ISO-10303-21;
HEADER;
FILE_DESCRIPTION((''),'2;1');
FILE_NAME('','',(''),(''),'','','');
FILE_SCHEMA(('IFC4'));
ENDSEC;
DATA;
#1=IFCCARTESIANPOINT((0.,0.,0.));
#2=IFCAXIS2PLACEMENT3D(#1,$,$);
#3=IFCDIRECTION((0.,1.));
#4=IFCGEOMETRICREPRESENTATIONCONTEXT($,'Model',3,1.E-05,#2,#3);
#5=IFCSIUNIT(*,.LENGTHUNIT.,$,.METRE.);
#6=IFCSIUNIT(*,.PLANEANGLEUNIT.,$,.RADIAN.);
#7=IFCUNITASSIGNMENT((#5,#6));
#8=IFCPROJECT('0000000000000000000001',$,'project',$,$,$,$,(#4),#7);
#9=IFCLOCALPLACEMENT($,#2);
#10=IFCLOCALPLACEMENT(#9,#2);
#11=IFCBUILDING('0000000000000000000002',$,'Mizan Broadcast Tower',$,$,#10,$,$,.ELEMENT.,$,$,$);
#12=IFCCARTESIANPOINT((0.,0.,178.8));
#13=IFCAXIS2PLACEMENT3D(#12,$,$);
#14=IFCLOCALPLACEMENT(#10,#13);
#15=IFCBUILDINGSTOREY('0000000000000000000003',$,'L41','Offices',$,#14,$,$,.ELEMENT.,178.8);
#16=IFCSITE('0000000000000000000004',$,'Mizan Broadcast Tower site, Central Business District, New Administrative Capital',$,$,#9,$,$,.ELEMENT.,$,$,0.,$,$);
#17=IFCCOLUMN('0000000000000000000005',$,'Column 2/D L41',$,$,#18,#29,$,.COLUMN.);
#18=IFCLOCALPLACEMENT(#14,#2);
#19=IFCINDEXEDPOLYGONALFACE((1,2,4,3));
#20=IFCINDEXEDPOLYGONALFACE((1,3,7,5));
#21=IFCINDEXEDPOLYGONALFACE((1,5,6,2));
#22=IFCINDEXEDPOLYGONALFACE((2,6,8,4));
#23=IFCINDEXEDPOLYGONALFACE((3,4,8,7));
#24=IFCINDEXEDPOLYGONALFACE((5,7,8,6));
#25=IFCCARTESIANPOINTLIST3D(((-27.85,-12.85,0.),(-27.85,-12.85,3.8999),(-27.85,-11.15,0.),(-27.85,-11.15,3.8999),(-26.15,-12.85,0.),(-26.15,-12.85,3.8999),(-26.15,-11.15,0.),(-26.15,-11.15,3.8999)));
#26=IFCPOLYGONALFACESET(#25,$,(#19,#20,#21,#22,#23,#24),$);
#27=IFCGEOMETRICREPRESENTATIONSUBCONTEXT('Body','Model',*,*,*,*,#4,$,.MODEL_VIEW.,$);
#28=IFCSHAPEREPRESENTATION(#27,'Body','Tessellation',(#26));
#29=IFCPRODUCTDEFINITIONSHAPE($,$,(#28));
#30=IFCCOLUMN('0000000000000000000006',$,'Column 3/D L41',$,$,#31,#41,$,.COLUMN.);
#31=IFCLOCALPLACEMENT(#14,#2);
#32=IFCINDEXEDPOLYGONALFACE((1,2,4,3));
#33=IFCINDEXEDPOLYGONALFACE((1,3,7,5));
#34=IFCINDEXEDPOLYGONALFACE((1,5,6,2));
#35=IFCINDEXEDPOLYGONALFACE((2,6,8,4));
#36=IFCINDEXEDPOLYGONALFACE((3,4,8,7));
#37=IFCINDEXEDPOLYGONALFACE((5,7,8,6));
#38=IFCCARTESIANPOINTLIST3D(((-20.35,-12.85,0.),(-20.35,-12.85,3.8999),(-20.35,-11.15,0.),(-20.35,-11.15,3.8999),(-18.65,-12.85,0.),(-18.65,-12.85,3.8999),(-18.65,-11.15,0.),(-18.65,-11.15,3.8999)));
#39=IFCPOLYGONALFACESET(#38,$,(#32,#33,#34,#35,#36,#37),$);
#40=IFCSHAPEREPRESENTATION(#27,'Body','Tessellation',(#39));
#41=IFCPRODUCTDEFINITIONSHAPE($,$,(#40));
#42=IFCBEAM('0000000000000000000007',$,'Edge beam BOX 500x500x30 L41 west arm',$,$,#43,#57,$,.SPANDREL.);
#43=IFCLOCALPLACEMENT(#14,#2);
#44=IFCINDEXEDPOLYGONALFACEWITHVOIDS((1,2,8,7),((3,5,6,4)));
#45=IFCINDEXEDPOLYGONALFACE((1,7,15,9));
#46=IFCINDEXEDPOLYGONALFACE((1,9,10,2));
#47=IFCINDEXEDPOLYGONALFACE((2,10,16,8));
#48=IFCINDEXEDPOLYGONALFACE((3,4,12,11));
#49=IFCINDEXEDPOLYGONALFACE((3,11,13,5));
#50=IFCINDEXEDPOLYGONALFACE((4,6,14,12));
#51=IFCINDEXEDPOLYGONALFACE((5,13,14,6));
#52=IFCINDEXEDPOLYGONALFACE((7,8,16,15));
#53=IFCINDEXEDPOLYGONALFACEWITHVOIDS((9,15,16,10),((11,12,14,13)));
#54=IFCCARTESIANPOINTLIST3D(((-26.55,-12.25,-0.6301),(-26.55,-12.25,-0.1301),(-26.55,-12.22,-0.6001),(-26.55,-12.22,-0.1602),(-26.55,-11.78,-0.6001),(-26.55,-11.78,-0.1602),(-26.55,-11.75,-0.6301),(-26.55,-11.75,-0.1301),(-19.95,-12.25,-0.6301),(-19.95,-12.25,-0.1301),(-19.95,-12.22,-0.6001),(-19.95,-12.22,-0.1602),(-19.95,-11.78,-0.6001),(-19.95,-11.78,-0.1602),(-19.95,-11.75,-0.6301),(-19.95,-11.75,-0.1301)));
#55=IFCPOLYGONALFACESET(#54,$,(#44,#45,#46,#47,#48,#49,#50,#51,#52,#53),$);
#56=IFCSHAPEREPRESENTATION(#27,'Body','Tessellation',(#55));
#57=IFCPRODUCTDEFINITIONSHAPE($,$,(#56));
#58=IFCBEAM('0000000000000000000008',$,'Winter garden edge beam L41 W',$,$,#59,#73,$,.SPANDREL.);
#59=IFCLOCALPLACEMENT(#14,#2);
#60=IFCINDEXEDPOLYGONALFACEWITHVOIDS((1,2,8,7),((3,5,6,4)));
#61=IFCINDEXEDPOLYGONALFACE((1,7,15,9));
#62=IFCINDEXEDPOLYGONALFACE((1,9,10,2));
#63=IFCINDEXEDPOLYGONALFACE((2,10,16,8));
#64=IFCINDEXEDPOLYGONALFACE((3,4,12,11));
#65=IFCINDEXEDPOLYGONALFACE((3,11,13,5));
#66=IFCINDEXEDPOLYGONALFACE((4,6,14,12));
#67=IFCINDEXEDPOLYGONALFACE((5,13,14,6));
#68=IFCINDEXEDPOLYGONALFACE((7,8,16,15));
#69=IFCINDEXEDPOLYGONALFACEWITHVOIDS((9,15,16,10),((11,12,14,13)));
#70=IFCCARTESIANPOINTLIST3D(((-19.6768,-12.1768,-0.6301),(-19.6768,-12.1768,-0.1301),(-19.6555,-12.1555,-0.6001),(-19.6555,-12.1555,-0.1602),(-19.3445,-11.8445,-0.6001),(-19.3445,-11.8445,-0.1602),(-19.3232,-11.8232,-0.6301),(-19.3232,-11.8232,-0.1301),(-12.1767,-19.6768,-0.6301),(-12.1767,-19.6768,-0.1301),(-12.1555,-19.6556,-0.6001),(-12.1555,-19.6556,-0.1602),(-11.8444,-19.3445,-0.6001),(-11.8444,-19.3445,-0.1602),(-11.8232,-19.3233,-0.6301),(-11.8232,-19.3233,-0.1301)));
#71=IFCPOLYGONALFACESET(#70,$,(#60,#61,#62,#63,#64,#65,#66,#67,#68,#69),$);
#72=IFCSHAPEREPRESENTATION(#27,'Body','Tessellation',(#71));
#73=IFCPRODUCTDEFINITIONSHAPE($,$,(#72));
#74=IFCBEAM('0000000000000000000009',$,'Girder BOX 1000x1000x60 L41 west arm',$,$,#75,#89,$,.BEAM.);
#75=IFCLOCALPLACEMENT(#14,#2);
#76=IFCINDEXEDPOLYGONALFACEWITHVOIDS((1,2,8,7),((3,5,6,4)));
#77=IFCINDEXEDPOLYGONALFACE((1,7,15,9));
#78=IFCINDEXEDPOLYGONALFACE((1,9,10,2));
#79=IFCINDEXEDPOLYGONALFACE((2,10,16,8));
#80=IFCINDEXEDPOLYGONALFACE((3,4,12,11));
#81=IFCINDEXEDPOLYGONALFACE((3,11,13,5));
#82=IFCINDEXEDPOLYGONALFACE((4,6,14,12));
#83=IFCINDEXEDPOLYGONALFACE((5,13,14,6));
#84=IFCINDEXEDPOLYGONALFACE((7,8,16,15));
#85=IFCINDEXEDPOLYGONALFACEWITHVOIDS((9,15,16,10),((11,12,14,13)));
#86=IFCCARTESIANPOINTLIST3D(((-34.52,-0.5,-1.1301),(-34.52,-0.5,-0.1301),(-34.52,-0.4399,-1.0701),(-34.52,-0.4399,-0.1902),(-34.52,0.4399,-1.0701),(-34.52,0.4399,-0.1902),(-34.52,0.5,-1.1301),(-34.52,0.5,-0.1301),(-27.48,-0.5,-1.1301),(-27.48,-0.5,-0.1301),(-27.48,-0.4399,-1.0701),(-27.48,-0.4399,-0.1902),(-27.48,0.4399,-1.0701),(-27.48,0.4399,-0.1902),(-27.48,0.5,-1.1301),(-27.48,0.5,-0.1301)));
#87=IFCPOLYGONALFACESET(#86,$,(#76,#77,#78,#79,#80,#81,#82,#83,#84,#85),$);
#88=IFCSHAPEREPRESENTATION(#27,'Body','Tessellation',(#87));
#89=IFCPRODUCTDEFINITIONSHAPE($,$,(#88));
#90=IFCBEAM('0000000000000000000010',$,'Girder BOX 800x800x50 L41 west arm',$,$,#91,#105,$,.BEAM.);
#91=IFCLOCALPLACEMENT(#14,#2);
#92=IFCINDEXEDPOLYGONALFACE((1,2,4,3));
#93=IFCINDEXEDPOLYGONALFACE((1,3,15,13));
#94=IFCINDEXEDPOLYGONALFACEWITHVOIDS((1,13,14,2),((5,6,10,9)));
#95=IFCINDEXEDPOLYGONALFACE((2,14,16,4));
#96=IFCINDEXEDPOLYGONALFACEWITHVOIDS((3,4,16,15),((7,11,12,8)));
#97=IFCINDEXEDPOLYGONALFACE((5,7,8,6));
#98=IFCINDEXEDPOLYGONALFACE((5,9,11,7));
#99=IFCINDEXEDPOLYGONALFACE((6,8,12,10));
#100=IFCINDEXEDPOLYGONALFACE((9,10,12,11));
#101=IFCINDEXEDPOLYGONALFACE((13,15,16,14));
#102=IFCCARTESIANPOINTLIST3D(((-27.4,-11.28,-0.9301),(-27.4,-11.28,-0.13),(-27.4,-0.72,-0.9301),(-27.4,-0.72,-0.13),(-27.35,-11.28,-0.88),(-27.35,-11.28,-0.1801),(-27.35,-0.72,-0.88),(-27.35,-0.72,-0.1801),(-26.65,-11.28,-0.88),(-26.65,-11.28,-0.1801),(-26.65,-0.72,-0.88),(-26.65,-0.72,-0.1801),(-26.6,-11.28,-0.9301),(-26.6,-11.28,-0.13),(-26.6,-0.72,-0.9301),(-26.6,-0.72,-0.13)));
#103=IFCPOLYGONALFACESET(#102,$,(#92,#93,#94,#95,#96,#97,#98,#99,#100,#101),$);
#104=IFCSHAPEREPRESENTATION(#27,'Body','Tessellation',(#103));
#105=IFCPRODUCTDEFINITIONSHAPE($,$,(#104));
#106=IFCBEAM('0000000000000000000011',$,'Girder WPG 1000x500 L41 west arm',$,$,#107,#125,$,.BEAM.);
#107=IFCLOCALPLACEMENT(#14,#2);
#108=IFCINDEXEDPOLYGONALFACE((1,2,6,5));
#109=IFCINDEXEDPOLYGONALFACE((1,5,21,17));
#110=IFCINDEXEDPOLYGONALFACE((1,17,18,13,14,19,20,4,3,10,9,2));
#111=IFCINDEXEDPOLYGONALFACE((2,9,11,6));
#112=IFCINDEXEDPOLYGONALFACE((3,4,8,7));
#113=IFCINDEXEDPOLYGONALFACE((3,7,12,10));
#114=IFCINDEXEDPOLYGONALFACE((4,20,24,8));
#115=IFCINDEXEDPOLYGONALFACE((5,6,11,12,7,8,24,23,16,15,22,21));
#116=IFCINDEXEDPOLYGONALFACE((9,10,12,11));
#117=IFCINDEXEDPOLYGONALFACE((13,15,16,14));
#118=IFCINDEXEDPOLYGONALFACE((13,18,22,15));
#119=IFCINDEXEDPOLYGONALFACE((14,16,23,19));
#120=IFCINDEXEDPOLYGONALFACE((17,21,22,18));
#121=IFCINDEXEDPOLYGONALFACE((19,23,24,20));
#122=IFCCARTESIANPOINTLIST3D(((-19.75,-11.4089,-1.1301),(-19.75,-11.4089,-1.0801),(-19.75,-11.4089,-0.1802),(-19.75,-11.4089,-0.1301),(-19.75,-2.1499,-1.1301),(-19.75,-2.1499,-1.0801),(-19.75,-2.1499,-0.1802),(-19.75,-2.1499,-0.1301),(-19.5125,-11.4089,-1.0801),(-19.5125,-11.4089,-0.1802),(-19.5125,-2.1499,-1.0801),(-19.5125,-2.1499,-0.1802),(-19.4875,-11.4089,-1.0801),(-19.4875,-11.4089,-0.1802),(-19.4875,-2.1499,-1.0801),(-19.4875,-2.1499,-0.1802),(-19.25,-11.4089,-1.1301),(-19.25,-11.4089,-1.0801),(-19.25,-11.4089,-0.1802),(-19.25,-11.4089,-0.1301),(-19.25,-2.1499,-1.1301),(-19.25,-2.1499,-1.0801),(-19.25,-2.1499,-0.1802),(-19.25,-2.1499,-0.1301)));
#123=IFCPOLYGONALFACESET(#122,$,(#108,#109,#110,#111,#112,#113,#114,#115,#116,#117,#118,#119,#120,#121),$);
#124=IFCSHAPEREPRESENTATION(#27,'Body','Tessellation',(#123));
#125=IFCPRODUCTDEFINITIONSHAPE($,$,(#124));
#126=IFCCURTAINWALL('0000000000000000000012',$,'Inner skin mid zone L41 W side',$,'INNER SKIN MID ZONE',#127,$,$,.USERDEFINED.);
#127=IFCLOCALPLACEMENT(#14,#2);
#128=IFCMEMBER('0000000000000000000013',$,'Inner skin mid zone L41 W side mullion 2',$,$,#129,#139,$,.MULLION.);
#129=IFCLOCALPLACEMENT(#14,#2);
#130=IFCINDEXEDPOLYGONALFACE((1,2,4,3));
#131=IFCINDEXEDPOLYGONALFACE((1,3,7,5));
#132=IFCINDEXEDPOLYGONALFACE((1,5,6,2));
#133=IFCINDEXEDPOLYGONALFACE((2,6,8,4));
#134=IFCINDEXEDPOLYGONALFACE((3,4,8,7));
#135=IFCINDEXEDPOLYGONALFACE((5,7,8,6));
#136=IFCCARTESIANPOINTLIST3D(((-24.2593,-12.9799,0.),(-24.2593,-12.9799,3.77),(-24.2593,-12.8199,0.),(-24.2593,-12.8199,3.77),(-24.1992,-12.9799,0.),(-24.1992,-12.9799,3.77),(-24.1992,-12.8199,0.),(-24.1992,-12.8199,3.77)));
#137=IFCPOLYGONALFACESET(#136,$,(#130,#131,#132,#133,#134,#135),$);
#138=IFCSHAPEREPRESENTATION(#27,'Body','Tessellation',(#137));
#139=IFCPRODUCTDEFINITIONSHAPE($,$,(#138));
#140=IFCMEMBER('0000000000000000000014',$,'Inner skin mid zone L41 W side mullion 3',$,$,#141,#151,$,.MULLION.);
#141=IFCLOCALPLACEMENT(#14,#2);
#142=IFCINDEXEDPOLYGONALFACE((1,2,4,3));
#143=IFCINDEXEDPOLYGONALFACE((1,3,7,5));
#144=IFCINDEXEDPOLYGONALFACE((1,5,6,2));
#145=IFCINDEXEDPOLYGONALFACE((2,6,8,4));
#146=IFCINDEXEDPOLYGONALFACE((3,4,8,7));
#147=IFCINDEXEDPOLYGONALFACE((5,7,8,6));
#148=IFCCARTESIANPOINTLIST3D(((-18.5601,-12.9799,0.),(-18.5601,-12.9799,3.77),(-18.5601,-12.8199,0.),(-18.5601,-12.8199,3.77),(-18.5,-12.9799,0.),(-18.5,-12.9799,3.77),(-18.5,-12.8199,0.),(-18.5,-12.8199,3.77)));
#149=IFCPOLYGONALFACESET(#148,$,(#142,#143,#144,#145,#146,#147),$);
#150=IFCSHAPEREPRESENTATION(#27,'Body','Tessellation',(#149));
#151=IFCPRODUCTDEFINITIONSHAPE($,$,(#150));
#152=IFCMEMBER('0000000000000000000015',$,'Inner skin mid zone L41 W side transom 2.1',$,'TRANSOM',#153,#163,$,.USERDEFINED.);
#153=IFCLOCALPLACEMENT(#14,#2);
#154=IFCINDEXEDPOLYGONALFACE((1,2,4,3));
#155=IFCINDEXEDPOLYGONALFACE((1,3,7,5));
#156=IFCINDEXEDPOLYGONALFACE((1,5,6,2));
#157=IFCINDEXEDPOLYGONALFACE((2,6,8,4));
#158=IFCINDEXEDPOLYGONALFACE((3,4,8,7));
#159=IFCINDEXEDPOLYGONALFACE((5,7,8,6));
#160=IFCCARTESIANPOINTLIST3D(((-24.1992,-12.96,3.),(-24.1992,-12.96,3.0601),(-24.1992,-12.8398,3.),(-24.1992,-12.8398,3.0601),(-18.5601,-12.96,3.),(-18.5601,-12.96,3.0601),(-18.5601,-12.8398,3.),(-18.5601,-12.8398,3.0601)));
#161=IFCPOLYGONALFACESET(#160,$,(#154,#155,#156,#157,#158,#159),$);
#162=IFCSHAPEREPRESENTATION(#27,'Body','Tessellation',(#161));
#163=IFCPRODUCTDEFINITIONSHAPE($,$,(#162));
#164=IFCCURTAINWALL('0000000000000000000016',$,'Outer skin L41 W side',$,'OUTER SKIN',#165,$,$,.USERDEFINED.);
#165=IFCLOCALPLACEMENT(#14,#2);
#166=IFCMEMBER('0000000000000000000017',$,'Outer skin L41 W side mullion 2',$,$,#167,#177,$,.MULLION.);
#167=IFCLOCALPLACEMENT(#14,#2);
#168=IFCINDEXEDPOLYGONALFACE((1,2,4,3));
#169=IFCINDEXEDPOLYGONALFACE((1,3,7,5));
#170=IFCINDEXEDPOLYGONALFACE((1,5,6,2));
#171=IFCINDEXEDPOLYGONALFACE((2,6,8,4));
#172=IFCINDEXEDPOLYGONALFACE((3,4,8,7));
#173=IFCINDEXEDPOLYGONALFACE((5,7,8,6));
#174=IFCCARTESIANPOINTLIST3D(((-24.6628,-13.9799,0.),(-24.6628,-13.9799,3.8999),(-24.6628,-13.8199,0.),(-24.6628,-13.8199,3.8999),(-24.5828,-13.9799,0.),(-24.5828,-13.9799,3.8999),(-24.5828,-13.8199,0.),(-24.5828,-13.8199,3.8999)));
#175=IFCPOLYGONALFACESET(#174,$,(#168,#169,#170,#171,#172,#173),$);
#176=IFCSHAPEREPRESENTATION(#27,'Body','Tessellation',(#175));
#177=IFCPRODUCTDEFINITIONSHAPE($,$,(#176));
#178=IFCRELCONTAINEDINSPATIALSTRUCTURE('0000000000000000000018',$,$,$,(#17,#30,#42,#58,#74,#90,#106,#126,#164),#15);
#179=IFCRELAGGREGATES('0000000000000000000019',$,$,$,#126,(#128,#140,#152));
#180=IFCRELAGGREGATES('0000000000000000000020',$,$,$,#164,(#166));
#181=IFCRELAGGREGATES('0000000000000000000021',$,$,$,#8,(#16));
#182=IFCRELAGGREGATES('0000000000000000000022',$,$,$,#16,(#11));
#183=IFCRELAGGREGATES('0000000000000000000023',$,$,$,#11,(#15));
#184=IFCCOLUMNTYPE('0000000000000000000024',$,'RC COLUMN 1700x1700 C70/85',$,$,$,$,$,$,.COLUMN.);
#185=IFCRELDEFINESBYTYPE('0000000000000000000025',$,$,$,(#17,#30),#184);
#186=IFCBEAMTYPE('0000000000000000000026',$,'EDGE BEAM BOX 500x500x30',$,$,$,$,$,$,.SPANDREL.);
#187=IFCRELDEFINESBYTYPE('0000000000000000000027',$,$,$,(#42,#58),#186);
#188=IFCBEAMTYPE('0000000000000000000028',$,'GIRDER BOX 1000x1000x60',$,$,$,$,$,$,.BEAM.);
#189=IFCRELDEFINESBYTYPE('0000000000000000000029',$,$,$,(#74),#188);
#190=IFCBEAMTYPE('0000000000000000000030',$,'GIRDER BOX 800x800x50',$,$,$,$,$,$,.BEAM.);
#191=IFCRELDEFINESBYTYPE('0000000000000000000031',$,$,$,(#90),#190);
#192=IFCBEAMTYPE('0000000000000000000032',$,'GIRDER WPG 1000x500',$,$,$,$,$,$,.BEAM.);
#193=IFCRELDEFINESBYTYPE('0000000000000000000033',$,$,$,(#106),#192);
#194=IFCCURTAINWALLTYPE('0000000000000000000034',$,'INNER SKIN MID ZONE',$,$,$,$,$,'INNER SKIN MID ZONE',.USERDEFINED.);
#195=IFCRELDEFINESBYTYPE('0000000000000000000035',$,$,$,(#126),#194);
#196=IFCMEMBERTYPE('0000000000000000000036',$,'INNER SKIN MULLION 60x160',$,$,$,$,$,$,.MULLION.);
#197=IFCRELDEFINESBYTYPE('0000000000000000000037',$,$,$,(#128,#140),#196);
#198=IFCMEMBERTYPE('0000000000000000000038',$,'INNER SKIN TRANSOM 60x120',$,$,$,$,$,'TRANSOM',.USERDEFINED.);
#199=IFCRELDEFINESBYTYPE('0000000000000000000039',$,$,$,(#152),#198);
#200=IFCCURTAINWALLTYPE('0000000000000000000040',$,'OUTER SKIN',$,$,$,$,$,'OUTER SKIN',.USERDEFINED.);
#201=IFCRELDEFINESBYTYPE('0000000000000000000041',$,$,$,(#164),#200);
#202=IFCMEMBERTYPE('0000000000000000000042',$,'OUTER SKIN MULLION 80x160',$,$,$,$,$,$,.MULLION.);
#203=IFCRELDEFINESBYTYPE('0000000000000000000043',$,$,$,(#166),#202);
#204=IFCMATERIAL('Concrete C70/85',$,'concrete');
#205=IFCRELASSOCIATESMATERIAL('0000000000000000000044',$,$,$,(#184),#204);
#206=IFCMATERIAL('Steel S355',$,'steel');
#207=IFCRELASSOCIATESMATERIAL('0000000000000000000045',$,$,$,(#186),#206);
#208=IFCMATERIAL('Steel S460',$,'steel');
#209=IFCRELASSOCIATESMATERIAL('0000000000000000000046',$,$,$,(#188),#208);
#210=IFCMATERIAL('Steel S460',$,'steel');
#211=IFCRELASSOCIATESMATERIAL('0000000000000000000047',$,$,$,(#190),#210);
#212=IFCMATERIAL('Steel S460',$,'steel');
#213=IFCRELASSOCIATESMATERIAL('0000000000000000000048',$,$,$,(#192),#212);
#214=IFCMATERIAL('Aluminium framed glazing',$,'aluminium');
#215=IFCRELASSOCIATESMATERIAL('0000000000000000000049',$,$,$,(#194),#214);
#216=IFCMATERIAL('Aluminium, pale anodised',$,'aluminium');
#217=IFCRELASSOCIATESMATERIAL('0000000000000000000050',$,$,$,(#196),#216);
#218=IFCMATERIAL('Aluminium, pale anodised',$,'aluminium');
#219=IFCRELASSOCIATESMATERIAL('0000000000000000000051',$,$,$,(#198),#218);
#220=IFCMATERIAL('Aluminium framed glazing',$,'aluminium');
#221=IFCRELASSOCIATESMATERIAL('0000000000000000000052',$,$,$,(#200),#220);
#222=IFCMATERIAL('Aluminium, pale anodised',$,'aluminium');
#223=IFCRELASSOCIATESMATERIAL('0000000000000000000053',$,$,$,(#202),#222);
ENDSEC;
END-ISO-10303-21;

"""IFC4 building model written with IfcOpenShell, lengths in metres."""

from ifc_helpers import new_model, si_unit, direction, frame, origin, origin_2d, place, context, subcontext, project, spatial, rectangle, hollow_rectangle, i_section, extrude, material, material_profile, profile_set, type_object, element, aggregate, save


model = new_model("IFC4")

# Units and contexts
model_context = context("Model", 3, precision=1e-05, world=origin(), true_north=direction((0.0, 1.0)))
body_context = subcontext(model_context, "Body", "Model", "MODEL_VIEW")
ifc_project = project(units=[si_unit("LENGTHUNIT", "METRE"), si_unit("PLANEANGLEUNIT", "RADIAN")], contexts=[model_context])

# Site, building, storey
site_placement = place(None, origin())
site = spatial("IfcSite", under=ifc_project, at=site_placement, Name="Mizan Broadcast Tower site, Central Business District, New Administrative Capital", CompositionType="ELEMENT", RefElevation=0.0)
building_placement = place(site_placement, origin())
building = spatial("IfcBuilding", under=site, at=building_placement, Name="Mizan Broadcast Tower", CompositionType="ELEMENT")
storey_placement = place(building_placement, frame((0.0, 0.0, 178.8)))
storey = spatial("IfcBuildingStorey", under=building, at=storey_placement, Name="L41", Description="Offices", CompositionType="ELEMENT", Elevation=178.8)

# Columns
ifc_material_1 = material(Name="Concrete C70/85", Category="concrete")
ifc_material_profile_1 = material_profile(ifc_material_1, rectangle(XDim=1.7, YDim=1.7, at=origin_2d()), Name="RC 1700x1700")
ifc_profile_set_1 = profile_set([ifc_material_profile_1], Name="Concrete C70/85")
column_type = type_object("IfcColumnType", Name="RC COLUMN 1700x1700 C70/85", PredefinedType="COLUMN", material=ifc_profile_set_1)
for number, where, z_axis, x_axis, name in (
    (1, (-27.0, -12.0, 0.0), (0.0, 0.0, 1.0), (1.0, 0.0, 0.0), "Column 2/D L41"),
    (2, (-19.5, -12.0, 0.0), (0.0, 0.0, 1.0), (1.0, 0.0, 0.0), "Column 3/D L41"),
):
    element("IfcColumn", number, at=place(storey_placement, frame(where, z_axis=z_axis, x_axis=x_axis)), inside=storey, type_object=column_type, Name=name, PredefinedType="COLUMN", context=body_context, shape_type="SweptSolid", body=[
        extrude(rectangle(XDim=1.7, YDim=1.7, at=origin_2d()), origin(), (0.0, 0.0, 1.0), 3.8999),
    ])

# Beams
ifc_material_2 = material(Name="Steel S355", Category="steel")
ifc_material_profile_2 = material_profile(ifc_material_2, hollow_rectangle(XDim=0.5, YDim=0.5, WallThickness=0.03, at=origin_2d()), Name="BOX 500x500x30")
ifc_profile_set_2 = profile_set([ifc_material_profile_2], Name="Steel S355")
beam_type_1 = type_object("IfcBeamType", Name="EDGE BEAM BOX 500x500x30", PredefinedType="SPANDREL", material=ifc_profile_set_2)
beam_1_placement = place(storey_placement, frame((-19.95, -12.0, -0.3801), z_axis=(-1.0, 0.0, 0.0), x_axis=(0.0, -1.0, 0.0)))
element("IfcBeam", 3, at=beam_1_placement, inside=storey, type_object=beam_type_1, Name="Edge beam BOX 500x500x30 L41 west arm", PredefinedType="SPANDREL", context=body_context, shape_type="SweptSolid", body=[
    extrude(hollow_rectangle(XDim=0.5, YDim=0.5, WallThickness=0.03, at=origin_2d()), origin(), (0.0, 0.0, 1.0), 6.6001),
])
beam_2_placement = place(storey_placement, frame((-19.5, -12.0, -0.3801), z_axis=(0.707107, -0.707107, 0.0), x_axis=(0.707107, 0.707107, 0.0)))
element("IfcBeam", 4, at=beam_2_placement, inside=storey, type_object=beam_type_1, Name="Winter garden edge beam L41 W", PredefinedType="SPANDREL", context=body_context, shape_type="SweptSolid", body=[
    extrude(hollow_rectangle(XDim=0.5, YDim=0.5, WallThickness=0.03, at=origin_2d()), origin(), (0.0, 0.0, 1.0), 10.6067),
])
ifc_material_3 = material(Name="Steel S460", Category="steel")
ifc_material_profile_3 = material_profile(ifc_material_3, hollow_rectangle(XDim=1.0, YDim=1.0, WallThickness=0.0601, at=origin_2d()), Name="BOX 1000x1000x60")
ifc_profile_set_3 = profile_set([ifc_material_profile_3], Name="Steel S460")
beam_type_2 = type_object("IfcBeamType", Name="GIRDER BOX 1000x1000x60", PredefinedType="BEAM", material=ifc_profile_set_3)
beam_3_placement = place(storey_placement, frame((-27.48, 0.0, -0.6301), z_axis=(-1.0, 0.0, 0.0), x_axis=(0.0, -1.0, 0.0)))
element("IfcBeam", 5, at=beam_3_placement, inside=storey, type_object=beam_type_2, Name="Girder BOX 1000x1000x60 L41 west arm", PredefinedType="BEAM", context=body_context, shape_type="SweptSolid", body=[
    extrude(hollow_rectangle(XDim=1.0, YDim=1.0, WallThickness=0.0601, at=origin_2d()), origin(), (0.0, 0.0, 1.0), 7.04),
])
ifc_material_4 = material(Name="Steel S460", Category="steel")
ifc_material_profile_4 = material_profile(ifc_material_4, hollow_rectangle(XDim=0.8, YDim=0.8, WallThickness=0.05, at=origin_2d()), Name="BOX 800x800x50")
ifc_profile_set_4 = profile_set([ifc_material_profile_4], Name="Steel S460")
beam_type_3 = type_object("IfcBeamType", Name="GIRDER BOX 800x800x50", PredefinedType="BEAM", material=ifc_profile_set_4)
beam_4_placement = place(storey_placement, frame((-27.0, -11.28, -0.53), z_axis=(0.0, 1.0, 0.0), x_axis=(-1.0, 0.0, 0.0)))
element("IfcBeam", 6, at=beam_4_placement, inside=storey, type_object=beam_type_3, Name="Girder BOX 800x800x50 L41 west arm", PredefinedType="BEAM", context=body_context, shape_type="SweptSolid", body=[
    extrude(hollow_rectangle(XDim=0.8, YDim=0.8, WallThickness=0.05, at=origin_2d()), origin(), (0.0, 0.0, 1.0), 10.5601),
])
ifc_material_5 = material(Name="Steel S460", Category="steel")
ifc_material_profile_5 = material_profile(ifc_material_5, i_section(OverallWidth=0.5, OverallDepth=1.0, WebThickness=0.0249, FlangeThickness=0.05, at=origin_2d()), Name="WPG 1000x500")
ifc_profile_set_5 = profile_set([ifc_material_profile_5], Name="Steel S460")
beam_type_4 = type_object("IfcBeamType", Name="GIRDER WPG 1000x500", PredefinedType="BEAM", material=ifc_profile_set_5)
beam_5_placement = place(storey_placement, frame((-19.5, -11.4089, -0.6301), z_axis=(0.0, 1.0, 0.0), x_axis=(-1.0, 0.0, 0.0)))
element("IfcBeam", 7, at=beam_5_placement, inside=storey, type_object=beam_type_4, Name="Girder WPG 1000x500 L41 west arm", PredefinedType="BEAM", context=body_context, shape_type="SweptSolid", body=[
    extrude(i_section(OverallWidth=0.5, OverallDepth=1.0, WebThickness=0.0249, FlangeThickness=0.05, at=origin_2d()), origin(), (0.0, 0.0, 1.0), 9.259),
])

# Curtain walls, members
ifc_material_6 = material(Name="Aluminium framed glazing", Category="aluminium")
curtain_wall_type_1 = type_object("IfcCurtainWallType", Name="INNER SKIN MID ZONE", ElementType="INNER SKIN MID ZONE", PredefinedType="USERDEFINED", material=ifc_material_6)
curtain_wall_1_placement = place(storey_placement, origin())
curtain_wall_1 = element("IfcCurtainWall", 8, at=curtain_wall_1_placement, inside=storey, type_object=curtain_wall_type_1, Name="Inner skin mid zone L41 W side", ObjectType="INNER SKIN MID ZONE", PredefinedType="USERDEFINED")
ifc_material_7 = material(Name="Aluminium, pale anodised", Category="aluminium")
ifc_material_profile_6 = material_profile(ifc_material_7, rectangle(XDim=0.1599, YDim=0.0601, at=origin_2d()), Name="MULLION 160x60")
ifc_profile_set_6 = profile_set([ifc_material_profile_6], Name="Aluminium, pale anodised")
member_type_1 = type_object("IfcMemberType", Name="INNER SKIN MULLION 60x160", PredefinedType="MULLION", material=ifc_profile_set_6)
member_1_placement = place(storey_placement, frame((-24.2292, -12.8999, 0.0), z_axis=(0.0, 0.0, 1.0), x_axis=(0.0, 1.0, 0.0)))
member_1 = element("IfcMember", 9, at=member_1_placement, type_object=member_type_1, Name="Inner skin mid zone L41 W side mullion 2", PredefinedType="MULLION", context=body_context, shape_type="SweptSolid", body=[
    extrude(rectangle(XDim=0.1599, YDim=0.0601, at=origin_2d()), origin(), (0.0, 0.0, 1.0), 3.77),
])
member_2_placement = place(storey_placement, frame((-18.53, -12.8999, 0.0), z_axis=(0.0, 0.0, 1.0), x_axis=(0.0, 1.0, 0.0)))
member_2 = element("IfcMember", 10, at=member_2_placement, type_object=member_type_1, Name="Inner skin mid zone L41 W side mullion 3", PredefinedType="MULLION", context=body_context, shape_type="SweptSolid", body=[
    extrude(rectangle(XDim=0.1599, YDim=0.0601, at=origin_2d()), origin(), (0.0, 0.0, 1.0), 3.77),
])
ifc_material_8 = material(Name="Aluminium, pale anodised", Category="aluminium")
ifc_material_profile_7 = material_profile(ifc_material_8, rectangle(XDim=0.1201, YDim=0.0601, at=origin_2d()), Name="TRANSOM 120x60")
ifc_profile_set_7 = profile_set([ifc_material_profile_7], Name="Aluminium, pale anodised")
member_type_2 = type_object("IfcMemberType", Name="INNER SKIN TRANSOM 60x120", ElementType="TRANSOM", PredefinedType="USERDEFINED", material=ifc_profile_set_7)
member_3_placement = place(storey_placement, frame((-24.1992, -12.8999, 3.03), z_axis=(1.0, 0.0, 0.0), x_axis=(0.0, 1.0, 0.0)))
member_3 = element("IfcMember", 11, at=member_3_placement, type_object=member_type_2, Name="Inner skin mid zone L41 W side transom 2.1", ObjectType="TRANSOM", PredefinedType="USERDEFINED", context=body_context, shape_type="SweptSolid", body=[
    extrude(rectangle(XDim=0.1201, YDim=0.0601, at=origin_2d()), origin(), (0.0, 0.0, 1.0), 5.6392),
])
ifc_material_9 = material(Name="Aluminium framed glazing", Category="aluminium")
curtain_wall_type_2 = type_object("IfcCurtainWallType", Name="OUTER SKIN", ElementType="OUTER SKIN", PredefinedType="USERDEFINED", material=ifc_material_9)
curtain_wall_2_placement = place(storey_placement, origin())
curtain_wall_2 = element("IfcCurtainWall", 12, at=curtain_wall_2_placement, inside=storey, type_object=curtain_wall_type_2, Name="Outer skin L41 W side", ObjectType="OUTER SKIN", PredefinedType="USERDEFINED")
ifc_material_10 = material(Name="Aluminium, pale anodised", Category="aluminium")
ifc_material_profile_8 = material_profile(ifc_material_10, rectangle(XDim=0.1599, YDim=0.0801, at=origin_2d()), Name="MULLION 160x80")
ifc_profile_set_8 = profile_set([ifc_material_profile_8], Name="Aluminium, pale anodised")
member_type_3 = type_object("IfcMemberType", Name="OUTER SKIN MULLION 80x160", PredefinedType="MULLION", material=ifc_profile_set_8)
member_4_placement = place(storey_placement, frame((-24.6228, -13.8999, 0.0), z_axis=(0.0, 0.0, 1.0), x_axis=(0.0, 1.0, 0.0)))
member_4 = element("IfcMember", 13, at=member_4_placement, type_object=member_type_3, Name="Outer skin L41 W side mullion 2", PredefinedType="MULLION", context=body_context, shape_type="SweptSolid", body=[
    extrude(rectangle(XDim=0.1599, YDim=0.0801, at=origin_2d()), origin(), (0.0, 0.0, 1.0), 3.8999),
])

aggregate(curtain_wall_1, [member_1, member_2, member_3])
aggregate(curtain_wall_2, [member_4])

save(model, "model.ifc")
